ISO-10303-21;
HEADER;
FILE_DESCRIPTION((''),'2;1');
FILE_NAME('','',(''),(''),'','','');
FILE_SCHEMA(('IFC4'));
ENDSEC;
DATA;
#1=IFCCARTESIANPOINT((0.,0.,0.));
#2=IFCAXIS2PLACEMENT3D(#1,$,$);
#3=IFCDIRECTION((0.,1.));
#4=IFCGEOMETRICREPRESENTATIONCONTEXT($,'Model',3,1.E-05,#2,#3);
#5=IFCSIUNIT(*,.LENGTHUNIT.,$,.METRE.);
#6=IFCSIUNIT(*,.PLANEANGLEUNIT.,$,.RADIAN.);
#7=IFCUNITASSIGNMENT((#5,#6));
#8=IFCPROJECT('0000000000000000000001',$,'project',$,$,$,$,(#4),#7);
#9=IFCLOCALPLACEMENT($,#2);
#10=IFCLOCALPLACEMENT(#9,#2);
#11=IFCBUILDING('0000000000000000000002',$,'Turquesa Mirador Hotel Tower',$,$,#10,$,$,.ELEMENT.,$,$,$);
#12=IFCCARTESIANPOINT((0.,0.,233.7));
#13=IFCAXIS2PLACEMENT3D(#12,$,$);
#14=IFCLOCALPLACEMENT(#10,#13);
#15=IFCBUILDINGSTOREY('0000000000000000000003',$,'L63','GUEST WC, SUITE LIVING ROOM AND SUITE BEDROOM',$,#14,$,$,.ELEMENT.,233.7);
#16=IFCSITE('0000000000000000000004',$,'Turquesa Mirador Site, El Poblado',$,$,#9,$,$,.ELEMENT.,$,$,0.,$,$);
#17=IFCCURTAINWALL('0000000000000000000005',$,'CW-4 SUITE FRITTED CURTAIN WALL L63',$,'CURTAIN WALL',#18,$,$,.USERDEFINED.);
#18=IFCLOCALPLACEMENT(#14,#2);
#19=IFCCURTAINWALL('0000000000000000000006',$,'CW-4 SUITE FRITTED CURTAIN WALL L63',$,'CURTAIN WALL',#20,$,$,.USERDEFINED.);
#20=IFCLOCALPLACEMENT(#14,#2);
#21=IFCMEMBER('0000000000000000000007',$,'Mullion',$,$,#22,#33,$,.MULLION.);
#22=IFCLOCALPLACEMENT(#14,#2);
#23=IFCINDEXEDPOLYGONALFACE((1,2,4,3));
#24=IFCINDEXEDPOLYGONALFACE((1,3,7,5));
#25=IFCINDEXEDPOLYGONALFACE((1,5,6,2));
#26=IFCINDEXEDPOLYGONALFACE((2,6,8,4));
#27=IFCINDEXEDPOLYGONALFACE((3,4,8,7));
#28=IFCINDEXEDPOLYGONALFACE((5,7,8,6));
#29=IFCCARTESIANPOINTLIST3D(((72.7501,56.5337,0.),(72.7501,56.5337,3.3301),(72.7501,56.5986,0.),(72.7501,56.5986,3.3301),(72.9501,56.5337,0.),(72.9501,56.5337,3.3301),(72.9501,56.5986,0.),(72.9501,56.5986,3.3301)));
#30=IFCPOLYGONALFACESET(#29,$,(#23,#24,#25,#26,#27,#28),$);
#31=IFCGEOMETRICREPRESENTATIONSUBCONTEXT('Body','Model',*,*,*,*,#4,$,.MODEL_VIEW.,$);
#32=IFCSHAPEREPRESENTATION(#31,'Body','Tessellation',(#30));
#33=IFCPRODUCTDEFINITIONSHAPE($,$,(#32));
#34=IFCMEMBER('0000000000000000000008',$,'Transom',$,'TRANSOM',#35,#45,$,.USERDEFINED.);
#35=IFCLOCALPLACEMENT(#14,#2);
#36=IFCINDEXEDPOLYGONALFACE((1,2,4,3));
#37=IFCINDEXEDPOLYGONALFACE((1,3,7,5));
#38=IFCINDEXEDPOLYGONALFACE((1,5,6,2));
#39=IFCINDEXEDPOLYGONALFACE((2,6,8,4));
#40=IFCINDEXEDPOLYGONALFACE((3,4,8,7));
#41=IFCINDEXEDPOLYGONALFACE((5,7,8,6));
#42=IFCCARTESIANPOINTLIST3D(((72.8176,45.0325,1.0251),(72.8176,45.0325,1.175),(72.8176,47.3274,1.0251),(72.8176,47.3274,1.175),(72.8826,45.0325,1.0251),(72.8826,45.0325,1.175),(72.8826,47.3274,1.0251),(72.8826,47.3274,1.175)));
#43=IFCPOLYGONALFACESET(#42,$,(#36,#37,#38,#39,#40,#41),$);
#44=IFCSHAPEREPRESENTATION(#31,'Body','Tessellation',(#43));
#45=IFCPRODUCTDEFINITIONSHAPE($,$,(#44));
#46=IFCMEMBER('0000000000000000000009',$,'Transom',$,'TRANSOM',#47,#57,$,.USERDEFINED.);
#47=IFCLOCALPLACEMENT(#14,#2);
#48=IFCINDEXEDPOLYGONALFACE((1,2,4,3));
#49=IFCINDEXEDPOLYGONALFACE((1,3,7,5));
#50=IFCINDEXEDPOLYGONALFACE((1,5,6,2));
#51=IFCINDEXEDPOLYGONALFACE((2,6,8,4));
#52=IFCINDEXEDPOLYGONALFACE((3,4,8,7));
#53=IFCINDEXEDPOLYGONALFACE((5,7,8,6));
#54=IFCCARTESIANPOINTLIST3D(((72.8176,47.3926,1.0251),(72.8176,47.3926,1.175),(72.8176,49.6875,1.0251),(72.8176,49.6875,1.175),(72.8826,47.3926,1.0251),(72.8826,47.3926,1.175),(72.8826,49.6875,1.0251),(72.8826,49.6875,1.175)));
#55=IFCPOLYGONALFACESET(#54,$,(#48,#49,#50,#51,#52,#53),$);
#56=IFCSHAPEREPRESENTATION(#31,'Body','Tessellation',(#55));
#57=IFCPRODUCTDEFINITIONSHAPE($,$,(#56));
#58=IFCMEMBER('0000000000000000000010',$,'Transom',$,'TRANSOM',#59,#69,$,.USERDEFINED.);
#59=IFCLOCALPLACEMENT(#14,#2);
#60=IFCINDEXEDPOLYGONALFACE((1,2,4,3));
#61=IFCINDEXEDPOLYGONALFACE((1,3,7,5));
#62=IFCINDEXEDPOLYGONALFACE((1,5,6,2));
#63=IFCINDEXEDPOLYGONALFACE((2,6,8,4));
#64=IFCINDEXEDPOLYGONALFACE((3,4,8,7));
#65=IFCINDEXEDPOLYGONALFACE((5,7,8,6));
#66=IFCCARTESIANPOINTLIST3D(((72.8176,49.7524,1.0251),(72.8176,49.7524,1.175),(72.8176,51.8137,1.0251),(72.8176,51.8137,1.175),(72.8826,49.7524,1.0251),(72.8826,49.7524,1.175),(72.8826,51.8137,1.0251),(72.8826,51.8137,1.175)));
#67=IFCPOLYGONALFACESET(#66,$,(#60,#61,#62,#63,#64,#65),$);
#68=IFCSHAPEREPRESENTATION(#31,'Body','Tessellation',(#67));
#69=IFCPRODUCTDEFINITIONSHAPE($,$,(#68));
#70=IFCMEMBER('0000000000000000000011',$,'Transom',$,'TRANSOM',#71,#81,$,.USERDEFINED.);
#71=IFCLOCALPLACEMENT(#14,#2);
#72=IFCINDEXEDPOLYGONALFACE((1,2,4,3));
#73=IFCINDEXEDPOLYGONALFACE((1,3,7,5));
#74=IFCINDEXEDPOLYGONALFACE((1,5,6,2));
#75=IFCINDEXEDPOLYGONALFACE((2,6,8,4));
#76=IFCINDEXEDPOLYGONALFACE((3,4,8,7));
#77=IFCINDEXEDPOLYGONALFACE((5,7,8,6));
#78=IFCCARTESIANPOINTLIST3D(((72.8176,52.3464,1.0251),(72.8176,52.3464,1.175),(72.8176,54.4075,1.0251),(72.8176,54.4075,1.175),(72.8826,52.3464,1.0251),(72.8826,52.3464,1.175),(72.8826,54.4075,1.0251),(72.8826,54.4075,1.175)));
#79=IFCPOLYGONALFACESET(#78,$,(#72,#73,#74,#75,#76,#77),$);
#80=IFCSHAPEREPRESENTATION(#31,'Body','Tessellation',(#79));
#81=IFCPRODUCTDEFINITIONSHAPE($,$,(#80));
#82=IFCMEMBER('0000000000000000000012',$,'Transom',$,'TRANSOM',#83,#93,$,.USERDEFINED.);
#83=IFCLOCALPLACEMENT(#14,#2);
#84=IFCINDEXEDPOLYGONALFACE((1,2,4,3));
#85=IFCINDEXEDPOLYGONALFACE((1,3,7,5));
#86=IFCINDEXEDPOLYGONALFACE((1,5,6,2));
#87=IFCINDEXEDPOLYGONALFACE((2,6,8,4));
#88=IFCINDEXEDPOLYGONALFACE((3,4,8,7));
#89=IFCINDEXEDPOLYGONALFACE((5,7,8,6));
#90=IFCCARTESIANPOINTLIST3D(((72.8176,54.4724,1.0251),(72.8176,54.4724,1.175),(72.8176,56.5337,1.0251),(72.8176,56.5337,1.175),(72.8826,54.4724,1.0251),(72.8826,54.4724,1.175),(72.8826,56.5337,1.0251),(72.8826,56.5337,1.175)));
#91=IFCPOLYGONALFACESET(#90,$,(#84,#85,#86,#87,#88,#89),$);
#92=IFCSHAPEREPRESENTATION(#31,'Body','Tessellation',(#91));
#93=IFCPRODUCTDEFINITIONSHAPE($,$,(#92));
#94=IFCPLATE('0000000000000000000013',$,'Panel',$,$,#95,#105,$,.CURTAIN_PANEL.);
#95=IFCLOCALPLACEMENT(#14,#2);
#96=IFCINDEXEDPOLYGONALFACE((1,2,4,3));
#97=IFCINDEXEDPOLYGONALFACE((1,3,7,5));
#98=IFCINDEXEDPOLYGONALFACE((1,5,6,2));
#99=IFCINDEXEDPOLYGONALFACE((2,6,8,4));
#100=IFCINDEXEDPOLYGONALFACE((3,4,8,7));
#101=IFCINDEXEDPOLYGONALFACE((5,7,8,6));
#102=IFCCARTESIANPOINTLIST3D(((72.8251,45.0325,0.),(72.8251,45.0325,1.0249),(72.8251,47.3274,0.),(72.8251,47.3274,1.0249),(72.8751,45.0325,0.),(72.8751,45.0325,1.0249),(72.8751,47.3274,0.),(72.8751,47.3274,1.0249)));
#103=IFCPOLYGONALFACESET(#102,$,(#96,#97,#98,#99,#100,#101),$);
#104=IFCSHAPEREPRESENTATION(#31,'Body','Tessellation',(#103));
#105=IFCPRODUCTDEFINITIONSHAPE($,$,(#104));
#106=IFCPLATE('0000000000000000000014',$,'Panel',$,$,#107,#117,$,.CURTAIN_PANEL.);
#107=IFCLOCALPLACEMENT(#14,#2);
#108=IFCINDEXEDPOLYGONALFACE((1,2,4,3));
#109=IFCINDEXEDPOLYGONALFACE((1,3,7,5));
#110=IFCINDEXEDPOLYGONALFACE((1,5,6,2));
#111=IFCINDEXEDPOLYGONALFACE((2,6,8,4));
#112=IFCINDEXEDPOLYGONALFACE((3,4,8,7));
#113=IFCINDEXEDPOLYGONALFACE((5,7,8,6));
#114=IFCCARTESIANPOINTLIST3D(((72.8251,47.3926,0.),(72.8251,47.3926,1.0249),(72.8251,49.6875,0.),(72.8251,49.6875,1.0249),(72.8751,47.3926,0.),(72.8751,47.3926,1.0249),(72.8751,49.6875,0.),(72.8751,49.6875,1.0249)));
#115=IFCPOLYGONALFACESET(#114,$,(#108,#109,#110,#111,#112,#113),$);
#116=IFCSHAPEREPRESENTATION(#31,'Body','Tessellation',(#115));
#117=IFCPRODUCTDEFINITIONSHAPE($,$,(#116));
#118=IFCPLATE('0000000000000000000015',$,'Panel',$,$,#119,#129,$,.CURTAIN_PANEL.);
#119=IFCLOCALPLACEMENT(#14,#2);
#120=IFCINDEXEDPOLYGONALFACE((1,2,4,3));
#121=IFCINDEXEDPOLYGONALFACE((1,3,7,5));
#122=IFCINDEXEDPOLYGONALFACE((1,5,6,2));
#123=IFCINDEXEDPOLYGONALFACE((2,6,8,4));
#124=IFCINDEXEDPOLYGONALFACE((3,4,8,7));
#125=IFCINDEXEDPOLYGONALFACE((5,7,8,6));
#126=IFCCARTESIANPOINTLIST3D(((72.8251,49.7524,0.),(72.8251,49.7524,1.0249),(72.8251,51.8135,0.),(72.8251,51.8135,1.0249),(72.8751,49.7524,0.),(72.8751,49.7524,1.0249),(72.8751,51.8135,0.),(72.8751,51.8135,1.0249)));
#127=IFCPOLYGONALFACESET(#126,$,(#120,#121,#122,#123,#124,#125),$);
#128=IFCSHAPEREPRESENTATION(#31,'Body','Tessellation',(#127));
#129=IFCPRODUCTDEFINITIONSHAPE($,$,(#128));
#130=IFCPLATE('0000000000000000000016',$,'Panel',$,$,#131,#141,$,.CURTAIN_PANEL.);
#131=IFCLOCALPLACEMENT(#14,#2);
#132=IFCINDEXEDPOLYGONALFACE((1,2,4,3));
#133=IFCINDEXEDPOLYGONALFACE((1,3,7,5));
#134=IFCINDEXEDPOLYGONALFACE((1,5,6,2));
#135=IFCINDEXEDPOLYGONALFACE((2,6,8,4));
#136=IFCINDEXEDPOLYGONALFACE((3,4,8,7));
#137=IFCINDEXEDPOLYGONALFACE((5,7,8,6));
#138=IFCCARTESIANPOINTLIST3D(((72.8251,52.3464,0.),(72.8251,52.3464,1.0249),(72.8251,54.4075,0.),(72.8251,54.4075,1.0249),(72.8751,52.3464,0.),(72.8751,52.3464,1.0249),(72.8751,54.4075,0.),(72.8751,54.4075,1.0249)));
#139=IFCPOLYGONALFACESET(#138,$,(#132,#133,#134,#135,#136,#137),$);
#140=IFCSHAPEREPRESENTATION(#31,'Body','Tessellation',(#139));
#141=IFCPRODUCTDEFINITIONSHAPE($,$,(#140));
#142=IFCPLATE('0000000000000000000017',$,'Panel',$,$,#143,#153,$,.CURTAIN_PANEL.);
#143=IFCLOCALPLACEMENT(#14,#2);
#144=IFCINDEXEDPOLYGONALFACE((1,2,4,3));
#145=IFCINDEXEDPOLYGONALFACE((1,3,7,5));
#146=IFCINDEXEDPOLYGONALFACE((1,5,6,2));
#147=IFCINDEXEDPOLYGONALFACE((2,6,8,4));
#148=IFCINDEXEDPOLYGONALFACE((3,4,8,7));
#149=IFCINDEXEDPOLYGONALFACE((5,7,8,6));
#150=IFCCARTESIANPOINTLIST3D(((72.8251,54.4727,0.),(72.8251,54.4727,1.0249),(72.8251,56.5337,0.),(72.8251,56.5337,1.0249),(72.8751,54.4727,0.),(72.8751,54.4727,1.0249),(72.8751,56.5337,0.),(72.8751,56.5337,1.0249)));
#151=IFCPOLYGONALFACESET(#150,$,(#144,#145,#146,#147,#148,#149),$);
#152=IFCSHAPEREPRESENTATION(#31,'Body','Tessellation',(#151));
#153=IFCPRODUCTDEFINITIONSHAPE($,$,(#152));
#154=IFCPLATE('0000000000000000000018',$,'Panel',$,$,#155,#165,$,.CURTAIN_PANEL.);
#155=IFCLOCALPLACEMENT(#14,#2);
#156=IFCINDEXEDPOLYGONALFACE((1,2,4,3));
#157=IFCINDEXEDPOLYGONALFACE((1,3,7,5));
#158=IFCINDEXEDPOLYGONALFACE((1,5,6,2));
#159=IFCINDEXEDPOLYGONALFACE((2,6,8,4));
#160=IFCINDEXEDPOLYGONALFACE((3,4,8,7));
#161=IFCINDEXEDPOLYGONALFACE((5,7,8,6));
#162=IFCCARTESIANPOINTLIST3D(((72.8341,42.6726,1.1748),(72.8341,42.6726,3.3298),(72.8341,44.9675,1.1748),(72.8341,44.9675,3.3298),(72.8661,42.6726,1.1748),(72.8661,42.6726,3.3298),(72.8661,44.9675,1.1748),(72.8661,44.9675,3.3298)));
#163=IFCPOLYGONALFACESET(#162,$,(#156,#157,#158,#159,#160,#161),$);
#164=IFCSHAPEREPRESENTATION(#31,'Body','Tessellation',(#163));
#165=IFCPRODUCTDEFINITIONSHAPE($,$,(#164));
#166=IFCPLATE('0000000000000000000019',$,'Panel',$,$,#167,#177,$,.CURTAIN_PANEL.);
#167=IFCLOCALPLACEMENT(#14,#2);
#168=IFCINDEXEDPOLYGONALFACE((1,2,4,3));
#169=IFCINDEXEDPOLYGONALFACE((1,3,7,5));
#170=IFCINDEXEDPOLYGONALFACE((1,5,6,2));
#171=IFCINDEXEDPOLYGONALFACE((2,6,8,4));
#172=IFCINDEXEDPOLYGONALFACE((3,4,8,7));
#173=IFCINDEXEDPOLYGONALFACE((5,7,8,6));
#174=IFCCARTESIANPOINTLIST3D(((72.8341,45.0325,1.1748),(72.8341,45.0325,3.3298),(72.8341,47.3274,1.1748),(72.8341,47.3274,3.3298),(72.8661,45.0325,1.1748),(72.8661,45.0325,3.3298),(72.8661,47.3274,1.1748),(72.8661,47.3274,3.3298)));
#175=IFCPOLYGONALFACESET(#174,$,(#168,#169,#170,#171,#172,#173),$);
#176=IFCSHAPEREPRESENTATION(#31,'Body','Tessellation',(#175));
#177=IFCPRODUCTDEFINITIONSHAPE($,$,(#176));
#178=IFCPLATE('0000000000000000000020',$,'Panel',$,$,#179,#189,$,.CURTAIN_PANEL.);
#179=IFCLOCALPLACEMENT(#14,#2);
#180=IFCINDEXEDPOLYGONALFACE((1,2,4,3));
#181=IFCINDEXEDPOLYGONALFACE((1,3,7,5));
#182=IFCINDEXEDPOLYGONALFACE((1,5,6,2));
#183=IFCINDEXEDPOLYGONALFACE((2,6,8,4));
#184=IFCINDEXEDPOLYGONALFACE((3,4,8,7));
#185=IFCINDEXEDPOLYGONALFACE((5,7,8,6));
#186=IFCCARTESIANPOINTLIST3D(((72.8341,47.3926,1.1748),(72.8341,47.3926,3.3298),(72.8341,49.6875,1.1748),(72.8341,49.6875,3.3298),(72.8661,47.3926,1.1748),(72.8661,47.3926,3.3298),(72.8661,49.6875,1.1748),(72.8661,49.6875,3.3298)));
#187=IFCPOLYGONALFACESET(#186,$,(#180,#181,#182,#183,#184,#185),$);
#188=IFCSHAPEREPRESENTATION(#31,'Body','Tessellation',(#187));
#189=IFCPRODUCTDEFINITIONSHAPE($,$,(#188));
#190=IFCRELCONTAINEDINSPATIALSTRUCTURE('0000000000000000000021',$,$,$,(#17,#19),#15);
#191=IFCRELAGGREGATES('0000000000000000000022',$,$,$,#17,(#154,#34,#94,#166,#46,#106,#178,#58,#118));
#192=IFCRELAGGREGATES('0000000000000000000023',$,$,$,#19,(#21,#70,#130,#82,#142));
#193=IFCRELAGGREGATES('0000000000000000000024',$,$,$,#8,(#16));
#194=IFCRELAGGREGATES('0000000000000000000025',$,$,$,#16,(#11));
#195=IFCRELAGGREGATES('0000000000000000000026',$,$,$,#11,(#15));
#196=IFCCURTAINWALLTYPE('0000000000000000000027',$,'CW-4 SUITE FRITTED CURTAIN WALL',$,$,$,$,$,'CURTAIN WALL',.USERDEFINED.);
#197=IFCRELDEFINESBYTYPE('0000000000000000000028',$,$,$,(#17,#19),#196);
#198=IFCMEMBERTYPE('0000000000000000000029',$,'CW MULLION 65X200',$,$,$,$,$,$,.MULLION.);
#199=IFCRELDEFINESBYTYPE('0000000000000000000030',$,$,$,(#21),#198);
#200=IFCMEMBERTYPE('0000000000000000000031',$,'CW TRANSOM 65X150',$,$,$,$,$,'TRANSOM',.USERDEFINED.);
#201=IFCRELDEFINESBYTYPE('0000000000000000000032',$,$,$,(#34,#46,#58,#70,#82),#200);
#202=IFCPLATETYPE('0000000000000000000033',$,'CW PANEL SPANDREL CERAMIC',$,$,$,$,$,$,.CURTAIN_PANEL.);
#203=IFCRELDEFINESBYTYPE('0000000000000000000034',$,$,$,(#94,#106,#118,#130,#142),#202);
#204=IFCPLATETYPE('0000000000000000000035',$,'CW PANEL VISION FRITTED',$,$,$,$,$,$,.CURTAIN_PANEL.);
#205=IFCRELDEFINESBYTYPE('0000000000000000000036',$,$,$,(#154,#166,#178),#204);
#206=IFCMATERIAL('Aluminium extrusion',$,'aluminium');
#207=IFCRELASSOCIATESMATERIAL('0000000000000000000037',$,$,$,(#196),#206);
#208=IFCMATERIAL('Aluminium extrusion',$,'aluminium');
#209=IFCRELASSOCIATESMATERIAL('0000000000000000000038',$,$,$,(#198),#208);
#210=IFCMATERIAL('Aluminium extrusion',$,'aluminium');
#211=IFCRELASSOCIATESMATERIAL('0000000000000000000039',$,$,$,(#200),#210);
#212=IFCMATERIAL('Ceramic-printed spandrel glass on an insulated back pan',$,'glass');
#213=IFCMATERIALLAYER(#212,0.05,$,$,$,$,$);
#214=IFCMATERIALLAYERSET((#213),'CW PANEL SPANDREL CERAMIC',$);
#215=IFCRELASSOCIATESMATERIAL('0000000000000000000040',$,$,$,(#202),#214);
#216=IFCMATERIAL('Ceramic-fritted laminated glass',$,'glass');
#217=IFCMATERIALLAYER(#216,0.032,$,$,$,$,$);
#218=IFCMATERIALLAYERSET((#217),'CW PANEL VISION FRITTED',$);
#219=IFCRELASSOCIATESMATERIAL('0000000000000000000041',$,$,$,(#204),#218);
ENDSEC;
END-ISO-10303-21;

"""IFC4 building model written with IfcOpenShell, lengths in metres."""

from ifc_helpers import new_model, si_unit, direction, frame, origin, origin_2d, place, context, subcontext, project, spatial, rectangle, extrude, material, layer, layer_set, material_profile, profile_set, type_object, element, aggregate, save


model = new_model("IFC4")

# Units and contexts
model_context = context("Model", 3, precision=1e-05, world=origin(), true_north=direction((0.0, 1.0)))
body_context = subcontext(model_context, "Body", "Model", "MODEL_VIEW")
ifc_project = project(units=[si_unit("LENGTHUNIT", "METRE"), si_unit("PLANEANGLEUNIT", "RADIAN")], contexts=[model_context])

# Site, building, storey
site_placement = place(None, origin())
site = spatial("IfcSite", under=ifc_project, at=site_placement, Name="Turquesa Mirador Site, El Poblado", CompositionType="ELEMENT", RefElevation=0.0)
building_placement = place(site_placement, origin())
building = spatial("IfcBuilding", under=site, at=building_placement, Name="Turquesa Mirador Hotel Tower", CompositionType="ELEMENT")
storey_placement = place(building_placement, frame((0.0, 0.0, 233.7)))
storey = spatial("IfcBuildingStorey", under=building, at=storey_placement, Name="L63", Description="GUEST WC, SUITE LIVING ROOM AND SUITE BEDROOM", CompositionType="ELEMENT", Elevation=233.7)

# Curtain walls, member
ifc_material_1 = material(Name="Aluminium extrusion", Category="aluminium")
curtain_wall_type = type_object("IfcCurtainWallType", Name="CW-4 SUITE FRITTED CURTAIN WALL", ElementType="CURTAIN WALL", PredefinedType="USERDEFINED", material=ifc_material_1)
curtain_wall_1_placement = place(storey_placement, origin())
curtain_wall_1 = element("IfcCurtainWall", 1, at=curtain_wall_1_placement, inside=storey, type_object=curtain_wall_type, Name="CW-4 SUITE FRITTED CURTAIN WALL L63", ObjectType="CURTAIN WALL", PredefinedType="USERDEFINED")
ifc_material_2 = material(Name="Aluminium extrusion", Category="aluminium")
ifc_material_profile_1 = material_profile(ifc_material_2, rectangle(XDim=0.0649, YDim=0.2, at=origin_2d()), Name="MULLION 65X200")
ifc_profile_set_1 = profile_set([ifc_material_profile_1], Name="Aluminium extrusion")
member_type_1 = type_object("IfcMemberType", Name="CW MULLION 65X200", PredefinedType="MULLION", material=ifc_profile_set_1)
curtain_wall_2_placement = place(storey_placement, origin())
curtain_wall_2 = element("IfcCurtainWall", 2, at=curtain_wall_2_placement, inside=storey, type_object=curtain_wall_type, Name="CW-4 SUITE FRITTED CURTAIN WALL L63", ObjectType="CURTAIN WALL", PredefinedType="USERDEFINED")
member_1_placement = place(storey_placement, frame((72.8501, 56.5662, 0.0), z_axis=(0.0, 0.0, 1.0), x_axis=(0.0, 1.0, 0.0)))
member_1 = element("IfcMember", 3, at=member_1_placement, type_object=member_type_1, Name="Mullion", PredefinedType="MULLION", context=body_context, shape_type="SweptSolid", body=[
    extrude(rectangle(XDim=0.0649, YDim=0.2, at=origin_2d()), origin(), (0.0, 0.0, 1.0), 3.3301),
])

# Members
ifc_material_3 = material(Name="Aluminium extrusion", Category="aluminium")
ifc_material_profile_2 = material_profile(ifc_material_3, rectangle(XDim=0.0649, YDim=0.1499, at=origin_2d()), Name="TRANSOM 65X150")
ifc_profile_set_2 = profile_set([ifc_material_profile_2], Name="Aluminium extrusion")
member_type_2 = type_object("IfcMemberType", Name="CW TRANSOM 65X150", ElementType="TRANSOM", PredefinedType="USERDEFINED", material=ifc_profile_set_2)
member_2_placement = place(storey_placement, frame((72.8501, 45.0325, 1.1001), z_axis=(0.0, 1.0, 0.0), x_axis=(-1.0, 0.0, 0.0)))
member_2 = element("IfcMember", 4, at=member_2_placement, type_object=member_type_2, Name="Transom", ObjectType="TRANSOM", PredefinedType="USERDEFINED", context=body_context, shape_type="SweptSolid", body=[
    extrude(rectangle(XDim=0.0649, YDim=0.1499, at=origin_2d()), origin(), (0.0, 0.0, 1.0), 2.2949),
])
member_3_placement = place(storey_placement, frame((72.8501, 47.3926, 1.1001), z_axis=(0.0, 1.0, 0.0), x_axis=(-1.0, 0.0, 0.0)))
member_3 = element("IfcMember", 5, at=member_3_placement, type_object=member_type_2, Name="Transom", ObjectType="TRANSOM", PredefinedType="USERDEFINED", context=body_context, shape_type="SweptSolid", body=[
    extrude(rectangle(XDim=0.0649, YDim=0.1499, at=origin_2d()), origin(), (0.0, 0.0, 1.0), 2.2949),
])
member_4_placement = place(storey_placement, frame((72.8501, 49.7524, 1.1001), z_axis=(0.0, 1.0, 0.0), x_axis=(-1.0, 0.0, 0.0)))
member_4 = element("IfcMember", 6, at=member_4_placement, type_object=member_type_2, Name="Transom", ObjectType="TRANSOM", PredefinedType="USERDEFINED", context=body_context, shape_type="SweptSolid", body=[
    extrude(rectangle(XDim=0.0649, YDim=0.1499, at=origin_2d()), origin(), (0.0, 0.0, 1.0), 2.0613),
])
member_5_placement = place(storey_placement, frame((72.8501, 52.3464, 1.1001), z_axis=(0.0, 1.0, 0.0), x_axis=(-1.0, 0.0, 0.0)))
member_5 = element("IfcMember", 7, at=member_5_placement, type_object=member_type_2, Name="Transom", ObjectType="TRANSOM", PredefinedType="USERDEFINED", context=body_context, shape_type="SweptSolid", body=[
    extrude(rectangle(XDim=0.0649, YDim=0.1499, at=origin_2d()), origin(), (0.0, 0.0, 1.0), 2.061),
])
member_6_placement = place(storey_placement, frame((72.8501, 54.4724, 1.1001), z_axis=(0.0, 1.0, 0.0), x_axis=(-1.0, 0.0, 0.0)))
member_6 = element("IfcMember", 8, at=member_6_placement, type_object=member_type_2, Name="Transom", ObjectType="TRANSOM", PredefinedType="USERDEFINED", context=body_context, shape_type="SweptSolid", body=[
    extrude(rectangle(XDim=0.0649, YDim=0.1499, at=origin_2d()), origin(), (0.0, 0.0, 1.0), 2.0613),
])

# Plates
ifc_material_4 = material(Name="Ceramic-printed spandrel glass on an insulated back pan", Category="glass")
ifc_layer_1 = layer(ifc_material_4, 0.05)
ifc_layer_set_1 = layer_set([ifc_layer_1], Name="CW PANEL SPANDREL CERAMIC")
plate_type_1 = type_object("IfcPlateType", Name="CW PANEL SPANDREL CERAMIC", PredefinedType="CURTAIN_PANEL", material=ifc_layer_set_1)
plate_1_placement = place(storey_placement, frame((72.8501, 46.1799, 0.0), z_axis=(0.0, 0.0, 1.0), x_axis=(0.0, 1.0, 0.0)))
plate_1 = element("IfcPlate", 9, at=plate_1_placement, type_object=plate_type_1, Name="Panel", PredefinedType="CURTAIN_PANEL", context=body_context, shape_type="SweptSolid", body=[
    extrude(rectangle(XDim=2.2949, YDim=0.05, at=origin_2d()), origin(), (0.0, 0.0, 1.0), 1.0249),
])
plate_2_placement = place(storey_placement, frame((72.8501, 48.54, 0.0), z_axis=(0.0, 0.0, 1.0), x_axis=(0.0, 1.0, 0.0)))
plate_2 = element("IfcPlate", 10, at=plate_2_placement, type_object=plate_type_1, Name="Panel", PredefinedType="CURTAIN_PANEL", context=body_context, shape_type="SweptSolid", body=[
    extrude(rectangle(XDim=2.2949, YDim=0.05, at=origin_2d()), origin(), (0.0, 0.0, 1.0), 1.0249),
])
plate_3_placement = place(storey_placement, frame((72.8501, 50.783, 0.0), z_axis=(0.0, 0.0, 1.0), x_axis=(0.0, 1.0, 0.0)))
plate_3 = element("IfcPlate", 11, at=plate_3_placement, type_object=plate_type_1, Name="Panel", PredefinedType="CURTAIN_PANEL", context=body_context, shape_type="SweptSolid", body=[
    extrude(rectangle(XDim=2.061, YDim=0.05, at=origin_2d()), origin(), (0.0, 0.0, 1.0), 1.0249),
])
plate_4_placement = place(storey_placement, frame((72.8501, 53.377, 0.0), z_axis=(0.0, 0.0, 1.0), x_axis=(0.0, 1.0, 0.0)))
plate_4 = element("IfcPlate", 12, at=plate_4_placement, type_object=plate_type_1, Name="Panel", PredefinedType="CURTAIN_PANEL", context=body_context, shape_type="SweptSolid", body=[
    extrude(rectangle(XDim=2.061, YDim=0.05, at=origin_2d()), origin(), (0.0, 0.0, 1.0), 1.0249),
])
plate_5_placement = place(storey_placement, frame((72.8501, 55.5032, 0.0), z_axis=(0.0, 0.0, 1.0), x_axis=(0.0, 1.0, 0.0)))
plate_5 = element("IfcPlate", 13, at=plate_5_placement, type_object=plate_type_1, Name="Panel", PredefinedType="CURTAIN_PANEL", context=body_context, shape_type="SweptSolid", body=[
    extrude(rectangle(XDim=2.061, YDim=0.05, at=origin_2d()), origin(), (0.0, 0.0, 1.0), 1.0249),
])
ifc_material_5 = material(Name="Ceramic-fritted laminated glass", Category="glass")
ifc_layer_2 = layer(ifc_material_5, 0.032)
ifc_layer_set_2 = layer_set([ifc_layer_2], Name="CW PANEL VISION FRITTED")
plate_type_2 = type_object("IfcPlateType", Name="CW PANEL VISION FRITTED", PredefinedType="CURTAIN_PANEL", material=ifc_layer_set_2)
plate_6_placement = place(storey_placement, frame((72.8501, 43.8201, 1.1748), z_axis=(0.0, 0.0, 1.0), x_axis=(0.0, 1.0, 0.0)))
plate_6 = element("IfcPlate", 14, at=plate_6_placement, type_object=plate_type_2, Name="Panel", PredefinedType="CURTAIN_PANEL", context=body_context, shape_type="SweptSolid", body=[
    extrude(rectangle(XDim=2.2949, YDim=0.032, at=origin_2d()), origin(), (0.0, 0.0, 1.0), 2.155),
])
plate_7_placement = place(storey_placement, frame((72.8501, 46.1799, 1.1748), z_axis=(0.0, 0.0, 1.0), x_axis=(0.0, 1.0, 0.0)))
plate_7 = element("IfcPlate", 15, at=plate_7_placement, type_object=plate_type_2, Name="Panel", PredefinedType="CURTAIN_PANEL", context=body_context, shape_type="SweptSolid", body=[
    extrude(rectangle(XDim=2.2949, YDim=0.032, at=origin_2d()), origin(), (0.0, 0.0, 1.0), 2.155),
])
plate_8_placement = place(storey_placement, frame((72.8501, 48.54, 1.1748), z_axis=(0.0, 0.0, 1.0), x_axis=(0.0, 1.0, 0.0)))
plate_8 = element("IfcPlate", 16, at=plate_8_placement, type_object=plate_type_2, Name="Panel", PredefinedType="CURTAIN_PANEL", context=body_context, shape_type="SweptSolid", body=[
    extrude(rectangle(XDim=2.2949, YDim=0.032, at=origin_2d()), origin(), (0.0, 0.0, 1.0), 2.155),
])
aggregate(curtain_wall_1, [plate_6, member_2, plate_1, plate_7, member_3, plate_2, plate_8, member_4, plate_3])
aggregate(curtain_wall_2, [member_1, member_5, plate_4, member_6, plate_5])

save(model, "model.ifc")
